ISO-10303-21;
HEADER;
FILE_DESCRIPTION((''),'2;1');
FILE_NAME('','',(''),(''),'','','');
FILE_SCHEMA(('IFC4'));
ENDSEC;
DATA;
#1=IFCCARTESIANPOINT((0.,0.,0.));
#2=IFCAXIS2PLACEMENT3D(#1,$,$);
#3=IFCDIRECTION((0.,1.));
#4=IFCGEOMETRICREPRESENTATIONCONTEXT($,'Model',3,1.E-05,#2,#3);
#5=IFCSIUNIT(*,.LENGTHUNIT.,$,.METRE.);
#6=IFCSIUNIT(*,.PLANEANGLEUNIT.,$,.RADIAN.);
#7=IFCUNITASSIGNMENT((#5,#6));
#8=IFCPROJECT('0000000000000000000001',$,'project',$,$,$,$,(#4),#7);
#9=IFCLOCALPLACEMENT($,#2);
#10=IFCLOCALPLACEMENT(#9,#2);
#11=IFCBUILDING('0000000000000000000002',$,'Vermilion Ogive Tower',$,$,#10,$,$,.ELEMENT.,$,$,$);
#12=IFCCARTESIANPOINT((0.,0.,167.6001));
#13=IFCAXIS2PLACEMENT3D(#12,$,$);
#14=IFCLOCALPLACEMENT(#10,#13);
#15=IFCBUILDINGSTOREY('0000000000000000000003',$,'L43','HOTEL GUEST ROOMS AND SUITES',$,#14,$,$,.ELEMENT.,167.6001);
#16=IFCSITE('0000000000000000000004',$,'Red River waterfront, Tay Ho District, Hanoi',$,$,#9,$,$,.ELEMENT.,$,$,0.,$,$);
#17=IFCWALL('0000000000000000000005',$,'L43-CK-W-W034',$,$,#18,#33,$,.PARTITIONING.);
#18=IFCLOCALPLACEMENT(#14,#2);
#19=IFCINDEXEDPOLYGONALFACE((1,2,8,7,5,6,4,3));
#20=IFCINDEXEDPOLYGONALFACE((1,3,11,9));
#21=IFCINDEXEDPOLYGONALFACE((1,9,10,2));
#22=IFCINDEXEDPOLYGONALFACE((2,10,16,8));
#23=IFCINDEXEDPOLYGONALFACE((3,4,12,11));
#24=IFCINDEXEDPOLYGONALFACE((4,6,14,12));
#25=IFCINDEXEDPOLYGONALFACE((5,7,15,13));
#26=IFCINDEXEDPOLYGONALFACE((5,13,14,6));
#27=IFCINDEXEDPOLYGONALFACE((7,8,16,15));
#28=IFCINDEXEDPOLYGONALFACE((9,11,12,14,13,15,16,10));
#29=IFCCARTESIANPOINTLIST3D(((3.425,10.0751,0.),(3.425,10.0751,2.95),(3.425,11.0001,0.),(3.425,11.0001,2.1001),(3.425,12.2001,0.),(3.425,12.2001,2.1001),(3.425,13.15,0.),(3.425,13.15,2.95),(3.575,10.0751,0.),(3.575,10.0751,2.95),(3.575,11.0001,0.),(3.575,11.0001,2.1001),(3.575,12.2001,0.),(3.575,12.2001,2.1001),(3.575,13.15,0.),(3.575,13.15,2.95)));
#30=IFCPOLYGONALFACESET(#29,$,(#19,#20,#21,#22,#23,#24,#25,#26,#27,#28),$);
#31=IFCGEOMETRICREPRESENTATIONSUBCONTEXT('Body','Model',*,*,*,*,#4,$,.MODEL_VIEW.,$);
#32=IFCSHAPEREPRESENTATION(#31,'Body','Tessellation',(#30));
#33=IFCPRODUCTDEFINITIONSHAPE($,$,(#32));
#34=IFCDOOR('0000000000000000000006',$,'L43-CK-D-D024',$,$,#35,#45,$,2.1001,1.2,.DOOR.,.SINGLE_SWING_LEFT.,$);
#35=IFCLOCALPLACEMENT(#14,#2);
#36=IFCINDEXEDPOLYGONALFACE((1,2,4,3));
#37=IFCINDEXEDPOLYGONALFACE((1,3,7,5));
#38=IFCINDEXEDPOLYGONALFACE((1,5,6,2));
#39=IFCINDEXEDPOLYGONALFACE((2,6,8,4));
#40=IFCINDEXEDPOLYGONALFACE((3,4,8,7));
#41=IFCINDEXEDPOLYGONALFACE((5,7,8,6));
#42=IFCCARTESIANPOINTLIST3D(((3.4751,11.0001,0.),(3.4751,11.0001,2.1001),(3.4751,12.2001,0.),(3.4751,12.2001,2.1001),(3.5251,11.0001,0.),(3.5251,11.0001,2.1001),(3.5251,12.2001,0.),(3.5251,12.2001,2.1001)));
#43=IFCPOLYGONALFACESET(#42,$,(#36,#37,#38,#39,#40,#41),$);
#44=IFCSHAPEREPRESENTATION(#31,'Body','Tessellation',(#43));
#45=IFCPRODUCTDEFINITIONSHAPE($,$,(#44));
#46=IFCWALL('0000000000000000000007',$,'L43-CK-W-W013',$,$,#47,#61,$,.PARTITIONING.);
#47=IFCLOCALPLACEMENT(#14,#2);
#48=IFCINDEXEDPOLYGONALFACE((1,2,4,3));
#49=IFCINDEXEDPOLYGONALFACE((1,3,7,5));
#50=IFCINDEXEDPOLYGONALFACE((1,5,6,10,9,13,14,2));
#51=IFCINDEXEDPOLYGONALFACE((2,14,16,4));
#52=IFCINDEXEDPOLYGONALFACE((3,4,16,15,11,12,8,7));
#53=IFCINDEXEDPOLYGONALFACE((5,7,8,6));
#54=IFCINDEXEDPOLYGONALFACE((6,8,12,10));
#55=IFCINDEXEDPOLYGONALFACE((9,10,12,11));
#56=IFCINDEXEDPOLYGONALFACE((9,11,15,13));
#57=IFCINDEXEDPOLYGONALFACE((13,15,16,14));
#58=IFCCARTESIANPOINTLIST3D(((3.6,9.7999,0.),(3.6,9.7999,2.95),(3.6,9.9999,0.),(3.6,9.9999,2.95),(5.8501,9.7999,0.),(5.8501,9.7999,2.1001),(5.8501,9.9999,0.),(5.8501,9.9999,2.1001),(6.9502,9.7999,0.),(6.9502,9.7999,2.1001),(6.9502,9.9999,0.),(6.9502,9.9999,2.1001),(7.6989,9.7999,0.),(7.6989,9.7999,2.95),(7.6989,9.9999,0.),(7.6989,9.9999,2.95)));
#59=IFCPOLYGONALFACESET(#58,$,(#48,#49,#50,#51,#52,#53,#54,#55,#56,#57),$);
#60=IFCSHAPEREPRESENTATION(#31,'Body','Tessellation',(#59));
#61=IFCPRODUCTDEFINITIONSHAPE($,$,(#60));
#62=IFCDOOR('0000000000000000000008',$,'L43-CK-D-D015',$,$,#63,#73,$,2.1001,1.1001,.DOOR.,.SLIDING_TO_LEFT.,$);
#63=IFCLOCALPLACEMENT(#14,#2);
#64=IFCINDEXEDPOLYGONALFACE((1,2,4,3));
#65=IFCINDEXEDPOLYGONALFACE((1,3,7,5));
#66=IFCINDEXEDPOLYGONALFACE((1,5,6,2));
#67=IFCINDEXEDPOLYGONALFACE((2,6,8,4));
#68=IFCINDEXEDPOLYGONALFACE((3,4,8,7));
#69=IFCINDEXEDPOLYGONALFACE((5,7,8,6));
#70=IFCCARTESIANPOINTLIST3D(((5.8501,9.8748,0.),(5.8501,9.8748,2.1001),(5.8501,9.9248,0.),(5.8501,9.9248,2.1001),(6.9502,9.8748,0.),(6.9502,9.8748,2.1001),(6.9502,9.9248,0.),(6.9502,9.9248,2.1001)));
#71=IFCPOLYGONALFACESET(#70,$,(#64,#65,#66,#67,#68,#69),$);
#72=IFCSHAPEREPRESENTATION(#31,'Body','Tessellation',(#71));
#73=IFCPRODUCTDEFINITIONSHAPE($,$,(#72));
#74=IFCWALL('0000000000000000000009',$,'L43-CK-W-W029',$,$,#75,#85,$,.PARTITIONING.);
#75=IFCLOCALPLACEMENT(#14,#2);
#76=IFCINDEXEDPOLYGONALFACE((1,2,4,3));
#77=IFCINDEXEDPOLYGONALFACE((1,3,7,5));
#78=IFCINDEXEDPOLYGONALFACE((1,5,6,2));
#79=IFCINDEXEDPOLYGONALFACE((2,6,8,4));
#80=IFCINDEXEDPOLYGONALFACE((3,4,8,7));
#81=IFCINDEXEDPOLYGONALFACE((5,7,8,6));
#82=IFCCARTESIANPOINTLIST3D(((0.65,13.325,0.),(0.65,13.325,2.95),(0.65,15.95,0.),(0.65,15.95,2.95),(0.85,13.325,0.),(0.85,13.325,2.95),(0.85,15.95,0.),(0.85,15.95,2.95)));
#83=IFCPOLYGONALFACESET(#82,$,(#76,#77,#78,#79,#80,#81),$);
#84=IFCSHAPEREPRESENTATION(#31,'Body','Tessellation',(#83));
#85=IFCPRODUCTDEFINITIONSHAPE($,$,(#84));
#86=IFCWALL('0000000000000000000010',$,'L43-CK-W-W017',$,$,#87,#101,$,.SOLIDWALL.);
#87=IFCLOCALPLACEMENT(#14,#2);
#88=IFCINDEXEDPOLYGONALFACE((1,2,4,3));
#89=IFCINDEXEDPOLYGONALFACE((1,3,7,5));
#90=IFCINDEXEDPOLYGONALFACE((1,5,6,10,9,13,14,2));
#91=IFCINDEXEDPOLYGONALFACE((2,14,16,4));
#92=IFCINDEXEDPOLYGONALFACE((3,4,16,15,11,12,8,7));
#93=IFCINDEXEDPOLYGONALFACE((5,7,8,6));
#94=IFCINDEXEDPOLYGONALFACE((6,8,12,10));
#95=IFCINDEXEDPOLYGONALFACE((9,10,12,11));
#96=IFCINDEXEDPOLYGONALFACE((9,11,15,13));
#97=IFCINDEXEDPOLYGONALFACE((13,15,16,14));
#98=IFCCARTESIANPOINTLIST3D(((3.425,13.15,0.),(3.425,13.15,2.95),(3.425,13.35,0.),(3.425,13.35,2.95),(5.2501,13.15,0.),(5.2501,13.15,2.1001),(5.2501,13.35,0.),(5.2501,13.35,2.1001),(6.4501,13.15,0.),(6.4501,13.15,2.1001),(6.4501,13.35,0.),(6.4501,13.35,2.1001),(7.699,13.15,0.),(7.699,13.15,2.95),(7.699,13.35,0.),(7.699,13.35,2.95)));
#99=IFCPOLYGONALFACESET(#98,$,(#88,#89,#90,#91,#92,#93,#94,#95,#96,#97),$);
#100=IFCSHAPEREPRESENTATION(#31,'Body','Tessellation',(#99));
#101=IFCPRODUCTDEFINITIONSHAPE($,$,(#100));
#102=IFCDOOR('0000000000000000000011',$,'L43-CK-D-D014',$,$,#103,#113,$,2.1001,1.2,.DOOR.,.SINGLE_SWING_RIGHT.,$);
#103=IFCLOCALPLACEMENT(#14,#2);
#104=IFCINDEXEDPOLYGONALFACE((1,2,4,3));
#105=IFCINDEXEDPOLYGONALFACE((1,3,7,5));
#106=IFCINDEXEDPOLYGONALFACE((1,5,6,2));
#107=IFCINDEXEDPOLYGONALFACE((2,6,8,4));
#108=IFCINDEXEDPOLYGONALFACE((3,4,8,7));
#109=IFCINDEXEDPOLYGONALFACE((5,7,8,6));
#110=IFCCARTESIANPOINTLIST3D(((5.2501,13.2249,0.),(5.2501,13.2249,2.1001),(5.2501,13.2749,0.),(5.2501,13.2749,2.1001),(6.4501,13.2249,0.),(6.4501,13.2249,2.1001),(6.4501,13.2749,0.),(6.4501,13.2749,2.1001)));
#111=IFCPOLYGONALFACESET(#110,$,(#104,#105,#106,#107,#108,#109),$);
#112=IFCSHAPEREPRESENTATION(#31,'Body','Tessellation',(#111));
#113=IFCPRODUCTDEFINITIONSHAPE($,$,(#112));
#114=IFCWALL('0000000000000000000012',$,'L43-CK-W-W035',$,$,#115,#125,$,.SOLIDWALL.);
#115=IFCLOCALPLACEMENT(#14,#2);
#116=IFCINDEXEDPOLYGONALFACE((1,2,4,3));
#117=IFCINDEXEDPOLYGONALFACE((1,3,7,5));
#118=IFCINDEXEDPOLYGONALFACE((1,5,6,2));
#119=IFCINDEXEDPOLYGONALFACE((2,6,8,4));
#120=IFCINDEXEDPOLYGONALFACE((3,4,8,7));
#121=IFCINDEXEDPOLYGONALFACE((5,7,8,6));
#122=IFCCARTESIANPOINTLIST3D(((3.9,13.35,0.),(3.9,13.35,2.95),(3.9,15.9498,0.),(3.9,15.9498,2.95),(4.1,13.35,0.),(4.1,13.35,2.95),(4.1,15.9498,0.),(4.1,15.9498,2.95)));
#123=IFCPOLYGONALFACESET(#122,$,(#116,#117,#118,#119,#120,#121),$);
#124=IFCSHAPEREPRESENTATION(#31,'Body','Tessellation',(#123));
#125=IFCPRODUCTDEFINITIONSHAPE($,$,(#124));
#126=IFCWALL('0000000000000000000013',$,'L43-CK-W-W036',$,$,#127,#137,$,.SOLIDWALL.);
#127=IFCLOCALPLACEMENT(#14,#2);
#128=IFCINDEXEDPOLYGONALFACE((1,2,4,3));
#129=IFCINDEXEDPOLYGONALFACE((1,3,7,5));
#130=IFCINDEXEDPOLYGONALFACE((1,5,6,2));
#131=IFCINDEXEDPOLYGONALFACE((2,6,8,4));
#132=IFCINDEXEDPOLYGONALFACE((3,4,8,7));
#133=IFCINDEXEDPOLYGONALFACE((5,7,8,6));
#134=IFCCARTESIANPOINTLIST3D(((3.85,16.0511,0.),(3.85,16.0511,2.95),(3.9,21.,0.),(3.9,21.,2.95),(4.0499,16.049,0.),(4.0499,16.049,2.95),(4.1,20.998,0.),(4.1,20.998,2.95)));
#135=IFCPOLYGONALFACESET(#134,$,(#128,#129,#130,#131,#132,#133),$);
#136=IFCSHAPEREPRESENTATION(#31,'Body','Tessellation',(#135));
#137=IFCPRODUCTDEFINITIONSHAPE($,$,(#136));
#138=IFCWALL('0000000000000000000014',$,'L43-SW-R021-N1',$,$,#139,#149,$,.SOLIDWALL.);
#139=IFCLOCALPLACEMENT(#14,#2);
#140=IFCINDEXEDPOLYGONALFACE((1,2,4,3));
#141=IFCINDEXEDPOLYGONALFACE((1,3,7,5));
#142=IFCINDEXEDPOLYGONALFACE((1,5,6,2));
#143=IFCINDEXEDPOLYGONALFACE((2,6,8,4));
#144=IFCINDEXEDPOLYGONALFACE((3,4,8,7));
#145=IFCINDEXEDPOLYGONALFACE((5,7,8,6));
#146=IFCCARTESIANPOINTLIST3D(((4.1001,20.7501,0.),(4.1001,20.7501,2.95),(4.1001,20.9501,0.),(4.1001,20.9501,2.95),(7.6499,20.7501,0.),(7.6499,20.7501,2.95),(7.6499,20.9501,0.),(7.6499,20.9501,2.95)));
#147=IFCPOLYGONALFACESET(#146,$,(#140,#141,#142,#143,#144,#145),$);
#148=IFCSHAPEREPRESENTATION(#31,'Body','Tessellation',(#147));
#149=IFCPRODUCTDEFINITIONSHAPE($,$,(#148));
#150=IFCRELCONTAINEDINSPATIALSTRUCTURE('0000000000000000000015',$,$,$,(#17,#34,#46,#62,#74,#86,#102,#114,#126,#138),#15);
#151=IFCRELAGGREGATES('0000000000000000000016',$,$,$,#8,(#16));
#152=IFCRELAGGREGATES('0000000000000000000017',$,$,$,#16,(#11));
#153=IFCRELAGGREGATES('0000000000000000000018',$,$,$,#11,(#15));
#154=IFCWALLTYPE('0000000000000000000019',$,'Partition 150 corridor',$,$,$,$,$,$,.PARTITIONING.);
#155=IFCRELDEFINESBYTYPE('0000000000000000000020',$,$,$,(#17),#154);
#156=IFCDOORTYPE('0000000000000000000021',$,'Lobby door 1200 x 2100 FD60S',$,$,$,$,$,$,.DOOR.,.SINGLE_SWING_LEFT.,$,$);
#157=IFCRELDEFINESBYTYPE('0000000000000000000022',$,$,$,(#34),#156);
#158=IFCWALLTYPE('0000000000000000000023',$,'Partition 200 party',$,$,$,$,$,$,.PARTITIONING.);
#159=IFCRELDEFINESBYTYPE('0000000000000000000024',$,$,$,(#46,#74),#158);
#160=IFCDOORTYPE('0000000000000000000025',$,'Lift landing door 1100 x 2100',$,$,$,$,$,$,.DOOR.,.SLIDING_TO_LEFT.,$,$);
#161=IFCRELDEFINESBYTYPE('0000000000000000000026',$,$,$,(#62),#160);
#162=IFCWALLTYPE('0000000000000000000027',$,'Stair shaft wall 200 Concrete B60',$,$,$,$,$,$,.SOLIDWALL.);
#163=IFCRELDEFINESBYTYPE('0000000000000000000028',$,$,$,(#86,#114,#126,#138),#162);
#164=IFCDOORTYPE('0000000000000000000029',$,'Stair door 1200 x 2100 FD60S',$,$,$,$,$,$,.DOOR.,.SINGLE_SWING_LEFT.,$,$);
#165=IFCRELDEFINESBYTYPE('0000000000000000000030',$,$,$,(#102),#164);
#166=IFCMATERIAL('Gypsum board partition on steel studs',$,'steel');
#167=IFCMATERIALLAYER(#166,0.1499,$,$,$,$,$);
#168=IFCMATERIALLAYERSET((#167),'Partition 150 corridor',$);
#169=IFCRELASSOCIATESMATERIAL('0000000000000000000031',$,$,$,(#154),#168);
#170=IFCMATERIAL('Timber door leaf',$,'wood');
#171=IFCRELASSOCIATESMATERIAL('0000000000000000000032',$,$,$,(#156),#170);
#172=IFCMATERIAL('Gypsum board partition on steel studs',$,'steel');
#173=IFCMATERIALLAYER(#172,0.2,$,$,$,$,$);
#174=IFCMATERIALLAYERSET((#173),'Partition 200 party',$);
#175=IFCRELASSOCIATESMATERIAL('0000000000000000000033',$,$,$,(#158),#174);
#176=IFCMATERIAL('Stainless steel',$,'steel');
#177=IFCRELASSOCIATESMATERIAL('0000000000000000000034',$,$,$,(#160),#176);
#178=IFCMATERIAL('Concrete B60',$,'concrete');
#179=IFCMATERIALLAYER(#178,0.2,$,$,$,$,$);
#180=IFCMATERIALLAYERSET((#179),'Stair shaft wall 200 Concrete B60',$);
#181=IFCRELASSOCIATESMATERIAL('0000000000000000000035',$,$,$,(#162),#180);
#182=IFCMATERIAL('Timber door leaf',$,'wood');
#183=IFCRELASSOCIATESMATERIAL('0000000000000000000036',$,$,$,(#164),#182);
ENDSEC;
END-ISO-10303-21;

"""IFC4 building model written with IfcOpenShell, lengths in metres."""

from ifc_helpers import new_model, si_unit, direction, frame, frame_2d, origin, place, context, subcontext, project, spatial, rectangle, extrude, material, layer, layer_set, type_object, element, fill, save


model = new_model("IFC4")

# Units and contexts
model_context = context("Model", 3, precision=1e-05, world=origin(), true_north=direction((0.0, 1.0)))
body_context = subcontext(model_context, "Body", "Model", "MODEL_VIEW")
ifc_project = project(units=[si_unit("LENGTHUNIT", "METRE"), si_unit("PLANEANGLEUNIT", "RADIAN")], contexts=[model_context])

# Site, building, storey
site_placement = place(None, origin())
site = spatial("IfcSite", under=ifc_project, at=site_placement, Name="Red River waterfront, Tay Ho District, Hanoi", CompositionType="ELEMENT", RefElevation=0.0)
building_placement = place(site_placement, origin())
building = spatial("IfcBuilding", under=site, at=building_placement, Name="Vermilion Ogive Tower", CompositionType="ELEMENT")
storey_placement = place(building_placement, frame((0.0, 0.0, 167.6001)))
storey = spatial("IfcBuildingStorey", under=building, at=storey_placement, Name="L43", Description="HOTEL GUEST ROOMS AND SUITES", CompositionType="ELEMENT", Elevation=167.6001)

# Walls, openings, doors
ifc_material_1 = material(Name="Gypsum board partition on steel studs", Category="steel")
ifc_layer_1 = layer(ifc_material_1, 0.1499)
ifc_layer_set_1 = layer_set([ifc_layer_1], Name="Partition 150 corridor")
wall_type_1 = type_object("IfcWallType", Name="Partition 150 corridor", PredefinedType="PARTITIONING", material=ifc_layer_set_1)
wall_1_placement = place(storey_placement, frame((3.5, 10.075, 0.0), z_axis=(0.0, 0.0, 1.0), x_axis=(0.0, 1.0, 0.0)))
wall_1 = element("IfcWall", 1, at=wall_1_placement, inside=storey, type_object=wall_type_1, Name="L43-CK-W-W034", PredefinedType="PARTITIONING", context=body_context, shape_type="SweptSolid", body=[
    extrude(rectangle(XDim=3.075, YDim=0.1499, at=frame_2d((1.5376, 0.0))), origin(), (0.0, 0.0, 1.0), 2.95),
])
opening_1_placement = place(wall_1_placement, frame((0.925, 0.0, 0.0)))
opening_1 = element("IfcOpeningElement", 2, at=opening_1_placement, cuts=wall_1, PredefinedType="OPENING", context=body_context, shape_type="SweptSolid", body=[
    extrude(rectangle(XDim=1.2, YDim=2.1001, at=frame_2d((0.6001, 1.05))), frame((0.0, 0.085, 0.0), z_axis=(0.0, -1.0, 0.0), x_axis=(1.0, 0.0, 0.0)), (0.0, 0.0, 1.0), 0.1699),
])
ifc_material_2 = material(Name="Timber door leaf", Category="wood")
door_type_1 = type_object("IfcDoorType", Name="Lobby door 1200 x 2100 FD60S", OperationType="SINGLE_SWING_LEFT", PredefinedType="DOOR", material=ifc_material_2)
door_1_placement = place(opening_1_placement, origin())
door_1 = element("IfcDoor", 3, at=door_1_placement, inside=storey, type_object=door_type_1, Name="L43-CK-D-D024", OperationType="SINGLE_SWING_LEFT", OverallHeight=2.1001, OverallWidth=1.2, PredefinedType="DOOR", context=body_context, shape_type="SweptSolid", body=[
    extrude(rectangle(XDim=1.2, YDim=2.1001, at=frame_2d((0.6001, 1.05))), frame((0.0, 0.0249, 0.0), z_axis=(0.0, -1.0, 0.0), x_axis=(1.0, 0.0, 0.0)), (0.0, 0.0, 1.0), 0.05),
])
fill(opening_1, door_1)
ifc_material_3 = material(Name="Gypsum board partition on steel studs", Category="steel")
ifc_layer_2 = layer(ifc_material_3, 0.2)
ifc_layer_set_2 = layer_set([ifc_layer_2], Name="Partition 200 party")
wall_type_2 = type_object("IfcWallType", Name="Partition 200 party", PredefinedType="PARTITIONING", material=ifc_layer_set_2)
wall_2_placement = place(storey_placement, frame((3.6001, 9.8999, 0.0), z_axis=(0.0, 0.0, 1.0), x_axis=(1.0, 0.0, 0.0)))
wall_2 = element("IfcWall", 4, at=wall_2_placement, inside=storey, type_object=wall_type_2, Name="L43-CK-W-W013", PredefinedType="PARTITIONING", context=body_context, shape_type="SweptSolid", body=[
    extrude(rectangle(XDim=4.0989, YDim=0.2, at=frame_2d((2.0493, 0.0))), origin(), (0.0, 0.0, 1.0), 2.95),
])
opening_2_placement = place(wall_2_placement, frame((2.25, 0.0, 0.0)))
opening_2 = element("IfcOpeningElement", 5, at=opening_2_placement, cuts=wall_2, PredefinedType="OPENING", context=body_context, shape_type="SweptSolid", body=[
    extrude(rectangle(XDim=1.1001, YDim=2.1001, at=frame_2d((0.55, 1.05))), frame((0.0, 0.1099, 0.0), z_axis=(0.0, -1.0, 0.0), x_axis=(1.0, 0.0, 0.0)), (0.0, 0.0, 1.0), 0.22),
])
ifc_material_4 = material(Name="Stainless steel", Category="steel")
door_type_2 = type_object("IfcDoorType", Name="Lift landing door 1100 x 2100", OperationType="SLIDING_TO_LEFT", PredefinedType="DOOR", material=ifc_material_4)
door_2_placement = place(opening_2_placement, origin())
door_2 = element("IfcDoor", 6, at=door_2_placement, inside=storey, type_object=door_type_2, Name="L43-CK-D-D015", OperationType="SLIDING_TO_LEFT", OverallHeight=2.1001, OverallWidth=1.1001, PredefinedType="DOOR", context=body_context, shape_type="SweptSolid", body=[
    extrude(rectangle(XDim=1.1001, YDim=2.1001, at=frame_2d((0.55, 1.05))), frame((0.0, 0.0249, 0.0), z_axis=(0.0, -1.0, 0.0), x_axis=(1.0, 0.0, 0.0)), (0.0, 0.0, 1.0), 0.05),
])
fill(opening_2, door_2)

# Wall
wall_3_placement = place(storey_placement, frame((0.75, 13.325, 0.0), z_axis=(0.0, 0.0, 1.0), x_axis=(0.0, 1.0, 0.0)))
element("IfcWall", 7, at=wall_3_placement, inside=storey, type_object=wall_type_2, Name="L43-CK-W-W029", PredefinedType="PARTITIONING", context=body_context, shape_type="SweptSolid", body=[
    extrude(rectangle(XDim=2.625, YDim=0.2, at=frame_2d((1.3125, 0.0))), origin(), (0.0, 0.0, 1.0), 2.95),
])

# Wall, opening, door
ifc_material_5 = material(Name="Concrete B60", Category="concrete")
ifc_layer_3 = layer(ifc_material_5, 0.2)
ifc_layer_set_3 = layer_set([ifc_layer_3], Name="Stair shaft wall 200 Concrete B60")
wall_type_3 = type_object("IfcWallType", Name="Stair shaft wall 200 Concrete B60", PredefinedType="SOLIDWALL", material=ifc_layer_set_3)
wall_4_placement = place(storey_placement, frame((3.425, 13.25, 0.0), z_axis=(0.0, 0.0, 1.0), x_axis=(1.0, 0.0, 0.0)))
wall_4 = element("IfcWall", 8, at=wall_4_placement, inside=storey, type_object=wall_type_3, Name="L43-CK-W-W017", PredefinedType="SOLIDWALL", context=body_context, shape_type="SweptSolid", body=[
    extrude(rectangle(XDim=4.2739, YDim=0.2, at=frame_2d((2.137, 0.0))), origin(), (0.0, 0.0, 1.0), 2.95),
])
opening_3_placement = place(wall_4_placement, frame((1.825, 0.0, 0.0)))
opening_3 = element("IfcOpeningElement", 9, at=opening_3_placement, cuts=wall_4, PredefinedType="OPENING", context=body_context, shape_type="SweptSolid", body=[
    extrude(rectangle(XDim=1.2, YDim=2.1001, at=frame_2d((0.6001, 1.05))), frame((0.0, 0.1099, 0.0), z_axis=(0.0, -1.0, 0.0), x_axis=(1.0, 0.0, 0.0)), (0.0, 0.0, 1.0), 0.22),
])
ifc_material_6 = material(Name="Timber door leaf", Category="wood")
door_type_3 = type_object("IfcDoorType", Name="Stair door 1200 x 2100 FD60S", OperationType="SINGLE_SWING_LEFT", PredefinedType="DOOR", material=ifc_material_6)
door_3_placement = place(opening_3_placement, origin())
door_3 = element("IfcDoor", 10, at=door_3_placement, inside=storey, type_object=door_type_3, Name="L43-CK-D-D014", OperationType="SINGLE_SWING_RIGHT", OverallHeight=2.1001, OverallWidth=1.2, PredefinedType="DOOR", context=body_context, shape_type="SweptSolid", body=[
    extrude(rectangle(XDim=1.2, YDim=2.1001, at=frame_2d((0.6001, 1.05))), frame((0.0, 0.0249, 0.0), z_axis=(0.0, -1.0, 0.0), x_axis=(1.0, 0.0, 0.0)), (0.0, 0.0, 1.0), 0.05),
])
fill(opening_3, door_3)

# Walls
wall_5_placement = place(storey_placement, frame((4.0, 13.3501, 0.0), z_axis=(0.0, 0.0, 1.0), x_axis=(0.0, 1.0, 0.0)))
element("IfcWall", 11, at=wall_5_placement, inside=storey, type_object=wall_type_3, Name="L43-CK-W-W035", PredefinedType="SOLIDWALL", context=body_context, shape_type="SweptSolid", body=[
    extrude(rectangle(XDim=2.5999, YDim=0.2, at=frame_2d((1.2998, 0.0))), origin(), (0.0, 0.0, 1.0), 2.95),
])
wall_6_placement = place(storey_placement, frame((3.95, 16.05, 0.0), z_axis=(0.0, 0.0, 1.0), x_axis=(0.010112, 0.999949, 0.0)))
element("IfcWall", 12, at=wall_6_placement, inside=storey, type_object=wall_type_3, Name="L43-CK-W-W036", PredefinedType="SOLIDWALL", context=body_context, shape_type="SweptSolid", body=[
    extrude(rectangle(XDim=4.9492, YDim=0.2, at=frame_2d((2.4746, 0.0))), origin(), (0.0, 0.0, 1.0), 2.95),
])
wall_7_placement = place(storey_placement, frame((4.1001, 20.8501, 0.0), z_axis=(0.0, 0.0, 1.0), x_axis=(1.0, 0.0, 0.0)))
element("IfcWall", 13, at=wall_7_placement, inside=storey, type_object=wall_type_3, Name="L43-SW-R021-N1", PredefinedType="SOLIDWALL", context=body_context, shape_type="SweptSolid", body=[
    extrude(rectangle(XDim=3.5498, YDim=0.2, at=frame_2d((1.7749, 0.0))), origin(), (0.0, 0.0, 1.0), 2.95),
])

save(model, "model.ifc")
